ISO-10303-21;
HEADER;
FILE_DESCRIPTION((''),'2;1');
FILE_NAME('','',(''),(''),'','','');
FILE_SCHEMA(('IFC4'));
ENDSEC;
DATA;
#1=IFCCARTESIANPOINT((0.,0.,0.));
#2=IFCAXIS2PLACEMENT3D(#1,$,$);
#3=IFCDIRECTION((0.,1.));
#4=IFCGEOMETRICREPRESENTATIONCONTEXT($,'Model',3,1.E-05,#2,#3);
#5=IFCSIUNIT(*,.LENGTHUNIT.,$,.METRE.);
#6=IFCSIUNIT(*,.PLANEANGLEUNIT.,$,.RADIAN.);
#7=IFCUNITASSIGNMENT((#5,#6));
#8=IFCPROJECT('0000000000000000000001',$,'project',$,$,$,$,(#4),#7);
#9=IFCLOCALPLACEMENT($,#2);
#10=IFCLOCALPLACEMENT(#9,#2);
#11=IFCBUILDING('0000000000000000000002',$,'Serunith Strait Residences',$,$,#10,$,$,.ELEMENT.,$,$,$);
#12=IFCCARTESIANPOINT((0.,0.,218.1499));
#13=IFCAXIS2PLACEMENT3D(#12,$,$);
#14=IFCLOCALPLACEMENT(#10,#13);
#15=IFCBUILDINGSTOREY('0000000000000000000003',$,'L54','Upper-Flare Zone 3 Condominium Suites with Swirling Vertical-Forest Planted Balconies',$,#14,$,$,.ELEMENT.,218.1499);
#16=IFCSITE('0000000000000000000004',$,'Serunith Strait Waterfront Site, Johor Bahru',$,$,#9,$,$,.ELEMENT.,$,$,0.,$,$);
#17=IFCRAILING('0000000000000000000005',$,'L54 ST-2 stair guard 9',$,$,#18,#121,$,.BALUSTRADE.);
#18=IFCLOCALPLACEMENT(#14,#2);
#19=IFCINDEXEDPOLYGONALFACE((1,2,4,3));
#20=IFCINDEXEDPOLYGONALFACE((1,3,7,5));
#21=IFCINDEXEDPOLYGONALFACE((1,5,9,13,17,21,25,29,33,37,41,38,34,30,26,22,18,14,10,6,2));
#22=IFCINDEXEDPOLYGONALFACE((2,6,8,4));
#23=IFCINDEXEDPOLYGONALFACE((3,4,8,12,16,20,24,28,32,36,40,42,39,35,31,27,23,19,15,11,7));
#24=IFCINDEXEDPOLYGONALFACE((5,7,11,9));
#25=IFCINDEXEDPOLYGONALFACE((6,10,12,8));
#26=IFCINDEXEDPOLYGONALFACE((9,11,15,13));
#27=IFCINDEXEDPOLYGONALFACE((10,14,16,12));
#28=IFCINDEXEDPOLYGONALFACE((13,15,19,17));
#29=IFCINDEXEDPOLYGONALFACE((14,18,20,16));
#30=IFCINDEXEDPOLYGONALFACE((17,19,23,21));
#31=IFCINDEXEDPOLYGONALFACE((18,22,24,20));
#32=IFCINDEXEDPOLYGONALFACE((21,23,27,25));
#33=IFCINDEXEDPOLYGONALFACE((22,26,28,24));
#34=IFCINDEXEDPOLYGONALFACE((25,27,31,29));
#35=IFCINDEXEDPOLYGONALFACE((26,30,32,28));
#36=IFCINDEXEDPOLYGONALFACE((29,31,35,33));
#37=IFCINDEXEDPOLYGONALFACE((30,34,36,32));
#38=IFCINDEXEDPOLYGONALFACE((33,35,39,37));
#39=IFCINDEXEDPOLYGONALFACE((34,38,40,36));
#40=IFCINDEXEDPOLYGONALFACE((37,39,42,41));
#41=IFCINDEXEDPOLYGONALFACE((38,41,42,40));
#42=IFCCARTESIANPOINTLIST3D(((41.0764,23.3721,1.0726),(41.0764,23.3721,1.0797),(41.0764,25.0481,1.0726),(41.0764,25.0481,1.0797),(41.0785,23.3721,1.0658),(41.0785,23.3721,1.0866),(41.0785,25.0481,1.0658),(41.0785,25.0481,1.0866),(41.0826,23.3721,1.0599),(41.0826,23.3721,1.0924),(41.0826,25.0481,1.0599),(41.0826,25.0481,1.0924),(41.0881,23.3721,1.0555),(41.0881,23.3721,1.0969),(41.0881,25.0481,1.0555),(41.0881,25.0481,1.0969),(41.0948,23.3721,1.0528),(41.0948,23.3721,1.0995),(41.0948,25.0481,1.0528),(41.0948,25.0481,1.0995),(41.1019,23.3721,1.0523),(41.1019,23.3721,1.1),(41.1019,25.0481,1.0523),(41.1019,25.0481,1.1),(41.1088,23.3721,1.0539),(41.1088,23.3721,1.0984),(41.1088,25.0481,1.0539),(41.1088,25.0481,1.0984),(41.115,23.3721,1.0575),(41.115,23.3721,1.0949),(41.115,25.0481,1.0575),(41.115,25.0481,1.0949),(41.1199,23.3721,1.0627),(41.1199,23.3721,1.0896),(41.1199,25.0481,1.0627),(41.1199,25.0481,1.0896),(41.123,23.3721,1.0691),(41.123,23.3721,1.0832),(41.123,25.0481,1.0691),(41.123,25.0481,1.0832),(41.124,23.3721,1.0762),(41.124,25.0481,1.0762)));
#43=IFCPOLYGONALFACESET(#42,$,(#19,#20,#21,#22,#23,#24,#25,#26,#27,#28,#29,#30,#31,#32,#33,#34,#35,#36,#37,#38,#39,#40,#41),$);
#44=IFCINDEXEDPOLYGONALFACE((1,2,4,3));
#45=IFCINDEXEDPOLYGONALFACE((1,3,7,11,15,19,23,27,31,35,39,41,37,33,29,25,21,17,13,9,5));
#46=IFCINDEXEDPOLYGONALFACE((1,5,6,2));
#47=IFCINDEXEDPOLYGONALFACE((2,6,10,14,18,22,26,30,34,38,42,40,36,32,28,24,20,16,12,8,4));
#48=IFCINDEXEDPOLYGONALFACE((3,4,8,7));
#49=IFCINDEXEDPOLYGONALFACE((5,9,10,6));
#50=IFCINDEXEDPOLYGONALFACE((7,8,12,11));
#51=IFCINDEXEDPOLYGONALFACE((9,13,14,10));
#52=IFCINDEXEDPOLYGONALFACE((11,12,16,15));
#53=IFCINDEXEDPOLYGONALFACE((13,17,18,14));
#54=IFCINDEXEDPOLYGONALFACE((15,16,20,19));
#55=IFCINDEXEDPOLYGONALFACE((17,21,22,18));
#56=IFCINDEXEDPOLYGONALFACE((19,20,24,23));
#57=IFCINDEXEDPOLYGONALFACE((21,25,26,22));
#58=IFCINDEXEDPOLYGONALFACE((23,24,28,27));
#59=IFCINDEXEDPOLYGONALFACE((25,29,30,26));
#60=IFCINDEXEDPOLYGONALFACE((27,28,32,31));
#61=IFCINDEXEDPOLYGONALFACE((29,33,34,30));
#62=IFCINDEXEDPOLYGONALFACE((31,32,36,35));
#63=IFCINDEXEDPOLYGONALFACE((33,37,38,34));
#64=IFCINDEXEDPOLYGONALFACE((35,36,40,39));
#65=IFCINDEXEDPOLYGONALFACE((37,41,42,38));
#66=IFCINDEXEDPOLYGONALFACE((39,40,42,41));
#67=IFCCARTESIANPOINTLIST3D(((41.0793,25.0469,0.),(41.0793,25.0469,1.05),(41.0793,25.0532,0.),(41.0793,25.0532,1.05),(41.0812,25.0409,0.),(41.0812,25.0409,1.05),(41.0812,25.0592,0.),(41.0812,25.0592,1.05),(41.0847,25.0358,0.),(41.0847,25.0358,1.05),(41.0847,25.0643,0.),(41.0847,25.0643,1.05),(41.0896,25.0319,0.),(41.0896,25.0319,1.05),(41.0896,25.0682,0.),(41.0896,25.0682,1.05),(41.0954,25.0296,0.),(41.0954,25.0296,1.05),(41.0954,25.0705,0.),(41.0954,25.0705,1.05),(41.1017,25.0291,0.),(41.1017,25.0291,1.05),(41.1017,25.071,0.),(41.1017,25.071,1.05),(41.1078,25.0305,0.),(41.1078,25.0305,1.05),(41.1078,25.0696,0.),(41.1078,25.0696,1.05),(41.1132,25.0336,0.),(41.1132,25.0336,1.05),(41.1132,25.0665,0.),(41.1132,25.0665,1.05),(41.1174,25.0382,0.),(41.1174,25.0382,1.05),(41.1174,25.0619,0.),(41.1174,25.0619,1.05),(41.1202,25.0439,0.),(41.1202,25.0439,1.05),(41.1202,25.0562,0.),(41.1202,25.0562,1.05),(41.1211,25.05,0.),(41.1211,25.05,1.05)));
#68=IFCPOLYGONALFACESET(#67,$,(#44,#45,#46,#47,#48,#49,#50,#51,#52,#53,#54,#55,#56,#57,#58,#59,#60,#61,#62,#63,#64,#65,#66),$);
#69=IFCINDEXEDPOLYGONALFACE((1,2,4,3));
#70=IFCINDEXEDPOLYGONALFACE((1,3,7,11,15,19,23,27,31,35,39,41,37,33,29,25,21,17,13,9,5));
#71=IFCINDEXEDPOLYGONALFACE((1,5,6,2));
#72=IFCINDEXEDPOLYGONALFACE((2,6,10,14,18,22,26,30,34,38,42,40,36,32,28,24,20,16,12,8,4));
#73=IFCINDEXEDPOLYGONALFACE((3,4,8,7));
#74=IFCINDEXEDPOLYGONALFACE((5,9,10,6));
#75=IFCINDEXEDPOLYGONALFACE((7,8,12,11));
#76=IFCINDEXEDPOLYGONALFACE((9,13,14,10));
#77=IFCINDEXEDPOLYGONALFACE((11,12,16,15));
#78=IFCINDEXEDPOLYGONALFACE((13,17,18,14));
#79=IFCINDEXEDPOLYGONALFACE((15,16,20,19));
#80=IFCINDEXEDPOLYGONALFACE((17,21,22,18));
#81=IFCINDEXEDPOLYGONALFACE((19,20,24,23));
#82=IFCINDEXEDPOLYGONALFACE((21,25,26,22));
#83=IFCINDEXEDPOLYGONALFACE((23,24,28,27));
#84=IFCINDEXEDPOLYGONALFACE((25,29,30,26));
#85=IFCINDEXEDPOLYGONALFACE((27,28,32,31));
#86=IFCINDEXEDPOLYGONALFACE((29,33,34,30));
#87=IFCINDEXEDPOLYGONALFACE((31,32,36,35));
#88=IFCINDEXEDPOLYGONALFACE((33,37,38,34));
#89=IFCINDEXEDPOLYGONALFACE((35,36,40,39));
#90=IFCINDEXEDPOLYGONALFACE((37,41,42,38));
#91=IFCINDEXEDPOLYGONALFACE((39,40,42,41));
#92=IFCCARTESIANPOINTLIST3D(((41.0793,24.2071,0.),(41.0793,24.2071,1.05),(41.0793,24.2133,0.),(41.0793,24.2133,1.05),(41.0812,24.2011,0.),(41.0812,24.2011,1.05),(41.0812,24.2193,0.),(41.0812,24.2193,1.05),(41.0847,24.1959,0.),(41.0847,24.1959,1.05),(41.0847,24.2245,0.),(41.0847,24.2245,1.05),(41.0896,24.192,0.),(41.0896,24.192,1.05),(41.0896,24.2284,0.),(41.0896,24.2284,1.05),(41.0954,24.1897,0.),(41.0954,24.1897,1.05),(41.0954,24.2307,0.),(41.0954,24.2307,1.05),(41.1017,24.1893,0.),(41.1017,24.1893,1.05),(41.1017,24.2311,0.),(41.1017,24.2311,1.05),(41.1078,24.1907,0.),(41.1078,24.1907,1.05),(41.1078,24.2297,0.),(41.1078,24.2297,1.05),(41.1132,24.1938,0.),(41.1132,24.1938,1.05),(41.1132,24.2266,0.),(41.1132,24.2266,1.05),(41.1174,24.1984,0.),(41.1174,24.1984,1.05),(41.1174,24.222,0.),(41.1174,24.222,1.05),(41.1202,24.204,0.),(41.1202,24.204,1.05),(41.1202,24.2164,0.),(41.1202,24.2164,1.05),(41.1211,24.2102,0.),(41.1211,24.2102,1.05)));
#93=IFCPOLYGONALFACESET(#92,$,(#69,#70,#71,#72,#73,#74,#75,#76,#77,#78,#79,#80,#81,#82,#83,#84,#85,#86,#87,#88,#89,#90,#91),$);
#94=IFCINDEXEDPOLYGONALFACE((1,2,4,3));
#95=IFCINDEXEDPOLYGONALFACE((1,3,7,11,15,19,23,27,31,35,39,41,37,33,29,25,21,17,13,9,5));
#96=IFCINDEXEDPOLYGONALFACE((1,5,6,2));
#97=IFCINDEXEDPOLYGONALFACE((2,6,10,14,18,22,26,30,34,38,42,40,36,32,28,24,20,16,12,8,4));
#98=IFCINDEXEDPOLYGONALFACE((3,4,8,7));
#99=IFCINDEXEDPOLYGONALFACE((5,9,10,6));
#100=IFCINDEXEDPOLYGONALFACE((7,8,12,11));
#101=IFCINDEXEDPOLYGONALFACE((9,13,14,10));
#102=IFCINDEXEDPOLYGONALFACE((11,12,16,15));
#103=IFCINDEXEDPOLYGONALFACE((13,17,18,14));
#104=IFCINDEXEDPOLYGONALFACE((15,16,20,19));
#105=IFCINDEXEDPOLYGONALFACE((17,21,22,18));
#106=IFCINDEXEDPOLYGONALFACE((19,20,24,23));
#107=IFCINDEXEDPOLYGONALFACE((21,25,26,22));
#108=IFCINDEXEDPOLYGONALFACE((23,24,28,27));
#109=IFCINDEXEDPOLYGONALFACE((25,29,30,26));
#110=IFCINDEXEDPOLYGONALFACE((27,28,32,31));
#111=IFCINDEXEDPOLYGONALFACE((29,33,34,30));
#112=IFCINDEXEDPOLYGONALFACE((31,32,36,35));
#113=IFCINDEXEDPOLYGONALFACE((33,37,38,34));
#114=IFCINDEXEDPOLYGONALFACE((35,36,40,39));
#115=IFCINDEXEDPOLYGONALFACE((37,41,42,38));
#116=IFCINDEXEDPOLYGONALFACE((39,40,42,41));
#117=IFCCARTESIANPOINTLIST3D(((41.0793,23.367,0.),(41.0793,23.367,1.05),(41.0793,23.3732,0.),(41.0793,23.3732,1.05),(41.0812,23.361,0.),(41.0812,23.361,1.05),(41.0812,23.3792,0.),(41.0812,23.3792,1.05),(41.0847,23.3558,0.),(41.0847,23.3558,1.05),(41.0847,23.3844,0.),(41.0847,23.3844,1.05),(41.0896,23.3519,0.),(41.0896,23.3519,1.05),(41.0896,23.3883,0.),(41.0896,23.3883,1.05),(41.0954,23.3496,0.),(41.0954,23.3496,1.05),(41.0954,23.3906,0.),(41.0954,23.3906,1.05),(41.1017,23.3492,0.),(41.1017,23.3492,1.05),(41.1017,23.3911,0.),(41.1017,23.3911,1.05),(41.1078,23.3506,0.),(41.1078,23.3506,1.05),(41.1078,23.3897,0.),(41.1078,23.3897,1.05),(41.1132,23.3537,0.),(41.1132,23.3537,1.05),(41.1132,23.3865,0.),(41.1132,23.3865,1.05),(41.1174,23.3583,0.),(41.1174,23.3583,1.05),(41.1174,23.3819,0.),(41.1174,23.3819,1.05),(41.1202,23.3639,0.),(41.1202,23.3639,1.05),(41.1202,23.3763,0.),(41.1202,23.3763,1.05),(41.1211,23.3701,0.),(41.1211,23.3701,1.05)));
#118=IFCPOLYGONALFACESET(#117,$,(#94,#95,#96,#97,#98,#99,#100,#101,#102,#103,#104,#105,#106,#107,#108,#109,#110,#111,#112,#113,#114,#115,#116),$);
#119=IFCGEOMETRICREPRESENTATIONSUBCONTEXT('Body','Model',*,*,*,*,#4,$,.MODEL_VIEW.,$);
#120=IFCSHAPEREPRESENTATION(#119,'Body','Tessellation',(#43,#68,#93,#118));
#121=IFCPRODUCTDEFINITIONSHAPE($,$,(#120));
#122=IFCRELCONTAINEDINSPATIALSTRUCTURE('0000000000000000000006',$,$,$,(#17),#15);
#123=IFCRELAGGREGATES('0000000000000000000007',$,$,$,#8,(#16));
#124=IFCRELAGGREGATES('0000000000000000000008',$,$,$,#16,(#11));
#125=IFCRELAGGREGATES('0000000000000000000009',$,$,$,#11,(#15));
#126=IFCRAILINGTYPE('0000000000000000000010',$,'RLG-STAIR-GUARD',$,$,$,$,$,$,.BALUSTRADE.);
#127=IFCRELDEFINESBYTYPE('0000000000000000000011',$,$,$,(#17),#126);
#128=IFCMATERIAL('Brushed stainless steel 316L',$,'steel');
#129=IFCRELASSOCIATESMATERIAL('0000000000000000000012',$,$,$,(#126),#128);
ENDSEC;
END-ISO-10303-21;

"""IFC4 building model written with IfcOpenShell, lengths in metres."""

from ifc_helpers import new_model, si_unit, direction, frame, origin, origin_2d, place, context, subcontext, project, spatial, circle, extrude, material, type_object, element, save


model = new_model("IFC4")

# Units and contexts
model_context = context("Model", 3, precision=1e-05, world=origin(), true_north=direction((0.0, 1.0)))
body_context = subcontext(model_context, "Body", "Model", "MODEL_VIEW")
ifc_project = project(units=[si_unit("LENGTHUNIT", "METRE"), si_unit("PLANEANGLEUNIT", "RADIAN")], contexts=[model_context])

# Site, building, storey
site_placement = place(None, origin())
site = spatial("IfcSite", under=ifc_project, at=site_placement, Name="Serunith Strait Waterfront Site, Johor Bahru", CompositionType="ELEMENT", RefElevation=0.0)
building_placement = place(site_placement, origin())
building = spatial("IfcBuilding", under=site, at=building_placement, Name="Serunith Strait Residences", CompositionType="ELEMENT")
storey_placement = place(building_placement, frame((0.0, 0.0, 218.1499)))
storey = spatial("IfcBuildingStorey", under=building, at=storey_placement, Name="L54", Description="Upper-Flare Zone 3 Condominium Suites with Swirling Vertical-Forest Planted Balconies", CompositionType="ELEMENT", Elevation=218.1499)

# Railing
ifc_material_1 = material(Name="Brushed stainless steel 316L", Category="steel")
railing_type = type_object("IfcRailingType", Name="RLG-STAIR-GUARD", PredefinedType="BALUSTRADE", material=ifc_material_1)
for number, where, name in (
    (1, (41.1001, 25.05, 0.0), "L54 ST-2 stair guard 9"),
):
    element("IfcRailing", number, at=place(storey_placement, frame(where)), inside=storey, type_object=railing_type, Name=name, PredefinedType="BALUSTRADE", context=body_context, shape_type="SweptSolid", body=[
        extrude(circle(Radius=0.0239, at=origin_2d()), frame((0.0, -0.002, 1.0762), z_axis=(0.0, -1.0, 0.0), x_axis=(1.0, 0.0, 0.0)), (0.0, 0.0, 1.0), 1.676),
        extrude(circle(Radius=0.021, at=origin_2d()), origin(), (0.0, 0.0, 1.0), 1.05),
        extrude(circle(Radius=0.021, at=origin_2d()), frame((0.0, -0.8398, 0.0)), (0.0, 0.0, 1.0), 1.05),
        extrude(circle(Radius=0.021, at=origin_2d()), frame((0.0, -1.6799, 0.0)), (0.0, 0.0, 1.0), 1.05),
    ])

save(model, "model.ifc")
